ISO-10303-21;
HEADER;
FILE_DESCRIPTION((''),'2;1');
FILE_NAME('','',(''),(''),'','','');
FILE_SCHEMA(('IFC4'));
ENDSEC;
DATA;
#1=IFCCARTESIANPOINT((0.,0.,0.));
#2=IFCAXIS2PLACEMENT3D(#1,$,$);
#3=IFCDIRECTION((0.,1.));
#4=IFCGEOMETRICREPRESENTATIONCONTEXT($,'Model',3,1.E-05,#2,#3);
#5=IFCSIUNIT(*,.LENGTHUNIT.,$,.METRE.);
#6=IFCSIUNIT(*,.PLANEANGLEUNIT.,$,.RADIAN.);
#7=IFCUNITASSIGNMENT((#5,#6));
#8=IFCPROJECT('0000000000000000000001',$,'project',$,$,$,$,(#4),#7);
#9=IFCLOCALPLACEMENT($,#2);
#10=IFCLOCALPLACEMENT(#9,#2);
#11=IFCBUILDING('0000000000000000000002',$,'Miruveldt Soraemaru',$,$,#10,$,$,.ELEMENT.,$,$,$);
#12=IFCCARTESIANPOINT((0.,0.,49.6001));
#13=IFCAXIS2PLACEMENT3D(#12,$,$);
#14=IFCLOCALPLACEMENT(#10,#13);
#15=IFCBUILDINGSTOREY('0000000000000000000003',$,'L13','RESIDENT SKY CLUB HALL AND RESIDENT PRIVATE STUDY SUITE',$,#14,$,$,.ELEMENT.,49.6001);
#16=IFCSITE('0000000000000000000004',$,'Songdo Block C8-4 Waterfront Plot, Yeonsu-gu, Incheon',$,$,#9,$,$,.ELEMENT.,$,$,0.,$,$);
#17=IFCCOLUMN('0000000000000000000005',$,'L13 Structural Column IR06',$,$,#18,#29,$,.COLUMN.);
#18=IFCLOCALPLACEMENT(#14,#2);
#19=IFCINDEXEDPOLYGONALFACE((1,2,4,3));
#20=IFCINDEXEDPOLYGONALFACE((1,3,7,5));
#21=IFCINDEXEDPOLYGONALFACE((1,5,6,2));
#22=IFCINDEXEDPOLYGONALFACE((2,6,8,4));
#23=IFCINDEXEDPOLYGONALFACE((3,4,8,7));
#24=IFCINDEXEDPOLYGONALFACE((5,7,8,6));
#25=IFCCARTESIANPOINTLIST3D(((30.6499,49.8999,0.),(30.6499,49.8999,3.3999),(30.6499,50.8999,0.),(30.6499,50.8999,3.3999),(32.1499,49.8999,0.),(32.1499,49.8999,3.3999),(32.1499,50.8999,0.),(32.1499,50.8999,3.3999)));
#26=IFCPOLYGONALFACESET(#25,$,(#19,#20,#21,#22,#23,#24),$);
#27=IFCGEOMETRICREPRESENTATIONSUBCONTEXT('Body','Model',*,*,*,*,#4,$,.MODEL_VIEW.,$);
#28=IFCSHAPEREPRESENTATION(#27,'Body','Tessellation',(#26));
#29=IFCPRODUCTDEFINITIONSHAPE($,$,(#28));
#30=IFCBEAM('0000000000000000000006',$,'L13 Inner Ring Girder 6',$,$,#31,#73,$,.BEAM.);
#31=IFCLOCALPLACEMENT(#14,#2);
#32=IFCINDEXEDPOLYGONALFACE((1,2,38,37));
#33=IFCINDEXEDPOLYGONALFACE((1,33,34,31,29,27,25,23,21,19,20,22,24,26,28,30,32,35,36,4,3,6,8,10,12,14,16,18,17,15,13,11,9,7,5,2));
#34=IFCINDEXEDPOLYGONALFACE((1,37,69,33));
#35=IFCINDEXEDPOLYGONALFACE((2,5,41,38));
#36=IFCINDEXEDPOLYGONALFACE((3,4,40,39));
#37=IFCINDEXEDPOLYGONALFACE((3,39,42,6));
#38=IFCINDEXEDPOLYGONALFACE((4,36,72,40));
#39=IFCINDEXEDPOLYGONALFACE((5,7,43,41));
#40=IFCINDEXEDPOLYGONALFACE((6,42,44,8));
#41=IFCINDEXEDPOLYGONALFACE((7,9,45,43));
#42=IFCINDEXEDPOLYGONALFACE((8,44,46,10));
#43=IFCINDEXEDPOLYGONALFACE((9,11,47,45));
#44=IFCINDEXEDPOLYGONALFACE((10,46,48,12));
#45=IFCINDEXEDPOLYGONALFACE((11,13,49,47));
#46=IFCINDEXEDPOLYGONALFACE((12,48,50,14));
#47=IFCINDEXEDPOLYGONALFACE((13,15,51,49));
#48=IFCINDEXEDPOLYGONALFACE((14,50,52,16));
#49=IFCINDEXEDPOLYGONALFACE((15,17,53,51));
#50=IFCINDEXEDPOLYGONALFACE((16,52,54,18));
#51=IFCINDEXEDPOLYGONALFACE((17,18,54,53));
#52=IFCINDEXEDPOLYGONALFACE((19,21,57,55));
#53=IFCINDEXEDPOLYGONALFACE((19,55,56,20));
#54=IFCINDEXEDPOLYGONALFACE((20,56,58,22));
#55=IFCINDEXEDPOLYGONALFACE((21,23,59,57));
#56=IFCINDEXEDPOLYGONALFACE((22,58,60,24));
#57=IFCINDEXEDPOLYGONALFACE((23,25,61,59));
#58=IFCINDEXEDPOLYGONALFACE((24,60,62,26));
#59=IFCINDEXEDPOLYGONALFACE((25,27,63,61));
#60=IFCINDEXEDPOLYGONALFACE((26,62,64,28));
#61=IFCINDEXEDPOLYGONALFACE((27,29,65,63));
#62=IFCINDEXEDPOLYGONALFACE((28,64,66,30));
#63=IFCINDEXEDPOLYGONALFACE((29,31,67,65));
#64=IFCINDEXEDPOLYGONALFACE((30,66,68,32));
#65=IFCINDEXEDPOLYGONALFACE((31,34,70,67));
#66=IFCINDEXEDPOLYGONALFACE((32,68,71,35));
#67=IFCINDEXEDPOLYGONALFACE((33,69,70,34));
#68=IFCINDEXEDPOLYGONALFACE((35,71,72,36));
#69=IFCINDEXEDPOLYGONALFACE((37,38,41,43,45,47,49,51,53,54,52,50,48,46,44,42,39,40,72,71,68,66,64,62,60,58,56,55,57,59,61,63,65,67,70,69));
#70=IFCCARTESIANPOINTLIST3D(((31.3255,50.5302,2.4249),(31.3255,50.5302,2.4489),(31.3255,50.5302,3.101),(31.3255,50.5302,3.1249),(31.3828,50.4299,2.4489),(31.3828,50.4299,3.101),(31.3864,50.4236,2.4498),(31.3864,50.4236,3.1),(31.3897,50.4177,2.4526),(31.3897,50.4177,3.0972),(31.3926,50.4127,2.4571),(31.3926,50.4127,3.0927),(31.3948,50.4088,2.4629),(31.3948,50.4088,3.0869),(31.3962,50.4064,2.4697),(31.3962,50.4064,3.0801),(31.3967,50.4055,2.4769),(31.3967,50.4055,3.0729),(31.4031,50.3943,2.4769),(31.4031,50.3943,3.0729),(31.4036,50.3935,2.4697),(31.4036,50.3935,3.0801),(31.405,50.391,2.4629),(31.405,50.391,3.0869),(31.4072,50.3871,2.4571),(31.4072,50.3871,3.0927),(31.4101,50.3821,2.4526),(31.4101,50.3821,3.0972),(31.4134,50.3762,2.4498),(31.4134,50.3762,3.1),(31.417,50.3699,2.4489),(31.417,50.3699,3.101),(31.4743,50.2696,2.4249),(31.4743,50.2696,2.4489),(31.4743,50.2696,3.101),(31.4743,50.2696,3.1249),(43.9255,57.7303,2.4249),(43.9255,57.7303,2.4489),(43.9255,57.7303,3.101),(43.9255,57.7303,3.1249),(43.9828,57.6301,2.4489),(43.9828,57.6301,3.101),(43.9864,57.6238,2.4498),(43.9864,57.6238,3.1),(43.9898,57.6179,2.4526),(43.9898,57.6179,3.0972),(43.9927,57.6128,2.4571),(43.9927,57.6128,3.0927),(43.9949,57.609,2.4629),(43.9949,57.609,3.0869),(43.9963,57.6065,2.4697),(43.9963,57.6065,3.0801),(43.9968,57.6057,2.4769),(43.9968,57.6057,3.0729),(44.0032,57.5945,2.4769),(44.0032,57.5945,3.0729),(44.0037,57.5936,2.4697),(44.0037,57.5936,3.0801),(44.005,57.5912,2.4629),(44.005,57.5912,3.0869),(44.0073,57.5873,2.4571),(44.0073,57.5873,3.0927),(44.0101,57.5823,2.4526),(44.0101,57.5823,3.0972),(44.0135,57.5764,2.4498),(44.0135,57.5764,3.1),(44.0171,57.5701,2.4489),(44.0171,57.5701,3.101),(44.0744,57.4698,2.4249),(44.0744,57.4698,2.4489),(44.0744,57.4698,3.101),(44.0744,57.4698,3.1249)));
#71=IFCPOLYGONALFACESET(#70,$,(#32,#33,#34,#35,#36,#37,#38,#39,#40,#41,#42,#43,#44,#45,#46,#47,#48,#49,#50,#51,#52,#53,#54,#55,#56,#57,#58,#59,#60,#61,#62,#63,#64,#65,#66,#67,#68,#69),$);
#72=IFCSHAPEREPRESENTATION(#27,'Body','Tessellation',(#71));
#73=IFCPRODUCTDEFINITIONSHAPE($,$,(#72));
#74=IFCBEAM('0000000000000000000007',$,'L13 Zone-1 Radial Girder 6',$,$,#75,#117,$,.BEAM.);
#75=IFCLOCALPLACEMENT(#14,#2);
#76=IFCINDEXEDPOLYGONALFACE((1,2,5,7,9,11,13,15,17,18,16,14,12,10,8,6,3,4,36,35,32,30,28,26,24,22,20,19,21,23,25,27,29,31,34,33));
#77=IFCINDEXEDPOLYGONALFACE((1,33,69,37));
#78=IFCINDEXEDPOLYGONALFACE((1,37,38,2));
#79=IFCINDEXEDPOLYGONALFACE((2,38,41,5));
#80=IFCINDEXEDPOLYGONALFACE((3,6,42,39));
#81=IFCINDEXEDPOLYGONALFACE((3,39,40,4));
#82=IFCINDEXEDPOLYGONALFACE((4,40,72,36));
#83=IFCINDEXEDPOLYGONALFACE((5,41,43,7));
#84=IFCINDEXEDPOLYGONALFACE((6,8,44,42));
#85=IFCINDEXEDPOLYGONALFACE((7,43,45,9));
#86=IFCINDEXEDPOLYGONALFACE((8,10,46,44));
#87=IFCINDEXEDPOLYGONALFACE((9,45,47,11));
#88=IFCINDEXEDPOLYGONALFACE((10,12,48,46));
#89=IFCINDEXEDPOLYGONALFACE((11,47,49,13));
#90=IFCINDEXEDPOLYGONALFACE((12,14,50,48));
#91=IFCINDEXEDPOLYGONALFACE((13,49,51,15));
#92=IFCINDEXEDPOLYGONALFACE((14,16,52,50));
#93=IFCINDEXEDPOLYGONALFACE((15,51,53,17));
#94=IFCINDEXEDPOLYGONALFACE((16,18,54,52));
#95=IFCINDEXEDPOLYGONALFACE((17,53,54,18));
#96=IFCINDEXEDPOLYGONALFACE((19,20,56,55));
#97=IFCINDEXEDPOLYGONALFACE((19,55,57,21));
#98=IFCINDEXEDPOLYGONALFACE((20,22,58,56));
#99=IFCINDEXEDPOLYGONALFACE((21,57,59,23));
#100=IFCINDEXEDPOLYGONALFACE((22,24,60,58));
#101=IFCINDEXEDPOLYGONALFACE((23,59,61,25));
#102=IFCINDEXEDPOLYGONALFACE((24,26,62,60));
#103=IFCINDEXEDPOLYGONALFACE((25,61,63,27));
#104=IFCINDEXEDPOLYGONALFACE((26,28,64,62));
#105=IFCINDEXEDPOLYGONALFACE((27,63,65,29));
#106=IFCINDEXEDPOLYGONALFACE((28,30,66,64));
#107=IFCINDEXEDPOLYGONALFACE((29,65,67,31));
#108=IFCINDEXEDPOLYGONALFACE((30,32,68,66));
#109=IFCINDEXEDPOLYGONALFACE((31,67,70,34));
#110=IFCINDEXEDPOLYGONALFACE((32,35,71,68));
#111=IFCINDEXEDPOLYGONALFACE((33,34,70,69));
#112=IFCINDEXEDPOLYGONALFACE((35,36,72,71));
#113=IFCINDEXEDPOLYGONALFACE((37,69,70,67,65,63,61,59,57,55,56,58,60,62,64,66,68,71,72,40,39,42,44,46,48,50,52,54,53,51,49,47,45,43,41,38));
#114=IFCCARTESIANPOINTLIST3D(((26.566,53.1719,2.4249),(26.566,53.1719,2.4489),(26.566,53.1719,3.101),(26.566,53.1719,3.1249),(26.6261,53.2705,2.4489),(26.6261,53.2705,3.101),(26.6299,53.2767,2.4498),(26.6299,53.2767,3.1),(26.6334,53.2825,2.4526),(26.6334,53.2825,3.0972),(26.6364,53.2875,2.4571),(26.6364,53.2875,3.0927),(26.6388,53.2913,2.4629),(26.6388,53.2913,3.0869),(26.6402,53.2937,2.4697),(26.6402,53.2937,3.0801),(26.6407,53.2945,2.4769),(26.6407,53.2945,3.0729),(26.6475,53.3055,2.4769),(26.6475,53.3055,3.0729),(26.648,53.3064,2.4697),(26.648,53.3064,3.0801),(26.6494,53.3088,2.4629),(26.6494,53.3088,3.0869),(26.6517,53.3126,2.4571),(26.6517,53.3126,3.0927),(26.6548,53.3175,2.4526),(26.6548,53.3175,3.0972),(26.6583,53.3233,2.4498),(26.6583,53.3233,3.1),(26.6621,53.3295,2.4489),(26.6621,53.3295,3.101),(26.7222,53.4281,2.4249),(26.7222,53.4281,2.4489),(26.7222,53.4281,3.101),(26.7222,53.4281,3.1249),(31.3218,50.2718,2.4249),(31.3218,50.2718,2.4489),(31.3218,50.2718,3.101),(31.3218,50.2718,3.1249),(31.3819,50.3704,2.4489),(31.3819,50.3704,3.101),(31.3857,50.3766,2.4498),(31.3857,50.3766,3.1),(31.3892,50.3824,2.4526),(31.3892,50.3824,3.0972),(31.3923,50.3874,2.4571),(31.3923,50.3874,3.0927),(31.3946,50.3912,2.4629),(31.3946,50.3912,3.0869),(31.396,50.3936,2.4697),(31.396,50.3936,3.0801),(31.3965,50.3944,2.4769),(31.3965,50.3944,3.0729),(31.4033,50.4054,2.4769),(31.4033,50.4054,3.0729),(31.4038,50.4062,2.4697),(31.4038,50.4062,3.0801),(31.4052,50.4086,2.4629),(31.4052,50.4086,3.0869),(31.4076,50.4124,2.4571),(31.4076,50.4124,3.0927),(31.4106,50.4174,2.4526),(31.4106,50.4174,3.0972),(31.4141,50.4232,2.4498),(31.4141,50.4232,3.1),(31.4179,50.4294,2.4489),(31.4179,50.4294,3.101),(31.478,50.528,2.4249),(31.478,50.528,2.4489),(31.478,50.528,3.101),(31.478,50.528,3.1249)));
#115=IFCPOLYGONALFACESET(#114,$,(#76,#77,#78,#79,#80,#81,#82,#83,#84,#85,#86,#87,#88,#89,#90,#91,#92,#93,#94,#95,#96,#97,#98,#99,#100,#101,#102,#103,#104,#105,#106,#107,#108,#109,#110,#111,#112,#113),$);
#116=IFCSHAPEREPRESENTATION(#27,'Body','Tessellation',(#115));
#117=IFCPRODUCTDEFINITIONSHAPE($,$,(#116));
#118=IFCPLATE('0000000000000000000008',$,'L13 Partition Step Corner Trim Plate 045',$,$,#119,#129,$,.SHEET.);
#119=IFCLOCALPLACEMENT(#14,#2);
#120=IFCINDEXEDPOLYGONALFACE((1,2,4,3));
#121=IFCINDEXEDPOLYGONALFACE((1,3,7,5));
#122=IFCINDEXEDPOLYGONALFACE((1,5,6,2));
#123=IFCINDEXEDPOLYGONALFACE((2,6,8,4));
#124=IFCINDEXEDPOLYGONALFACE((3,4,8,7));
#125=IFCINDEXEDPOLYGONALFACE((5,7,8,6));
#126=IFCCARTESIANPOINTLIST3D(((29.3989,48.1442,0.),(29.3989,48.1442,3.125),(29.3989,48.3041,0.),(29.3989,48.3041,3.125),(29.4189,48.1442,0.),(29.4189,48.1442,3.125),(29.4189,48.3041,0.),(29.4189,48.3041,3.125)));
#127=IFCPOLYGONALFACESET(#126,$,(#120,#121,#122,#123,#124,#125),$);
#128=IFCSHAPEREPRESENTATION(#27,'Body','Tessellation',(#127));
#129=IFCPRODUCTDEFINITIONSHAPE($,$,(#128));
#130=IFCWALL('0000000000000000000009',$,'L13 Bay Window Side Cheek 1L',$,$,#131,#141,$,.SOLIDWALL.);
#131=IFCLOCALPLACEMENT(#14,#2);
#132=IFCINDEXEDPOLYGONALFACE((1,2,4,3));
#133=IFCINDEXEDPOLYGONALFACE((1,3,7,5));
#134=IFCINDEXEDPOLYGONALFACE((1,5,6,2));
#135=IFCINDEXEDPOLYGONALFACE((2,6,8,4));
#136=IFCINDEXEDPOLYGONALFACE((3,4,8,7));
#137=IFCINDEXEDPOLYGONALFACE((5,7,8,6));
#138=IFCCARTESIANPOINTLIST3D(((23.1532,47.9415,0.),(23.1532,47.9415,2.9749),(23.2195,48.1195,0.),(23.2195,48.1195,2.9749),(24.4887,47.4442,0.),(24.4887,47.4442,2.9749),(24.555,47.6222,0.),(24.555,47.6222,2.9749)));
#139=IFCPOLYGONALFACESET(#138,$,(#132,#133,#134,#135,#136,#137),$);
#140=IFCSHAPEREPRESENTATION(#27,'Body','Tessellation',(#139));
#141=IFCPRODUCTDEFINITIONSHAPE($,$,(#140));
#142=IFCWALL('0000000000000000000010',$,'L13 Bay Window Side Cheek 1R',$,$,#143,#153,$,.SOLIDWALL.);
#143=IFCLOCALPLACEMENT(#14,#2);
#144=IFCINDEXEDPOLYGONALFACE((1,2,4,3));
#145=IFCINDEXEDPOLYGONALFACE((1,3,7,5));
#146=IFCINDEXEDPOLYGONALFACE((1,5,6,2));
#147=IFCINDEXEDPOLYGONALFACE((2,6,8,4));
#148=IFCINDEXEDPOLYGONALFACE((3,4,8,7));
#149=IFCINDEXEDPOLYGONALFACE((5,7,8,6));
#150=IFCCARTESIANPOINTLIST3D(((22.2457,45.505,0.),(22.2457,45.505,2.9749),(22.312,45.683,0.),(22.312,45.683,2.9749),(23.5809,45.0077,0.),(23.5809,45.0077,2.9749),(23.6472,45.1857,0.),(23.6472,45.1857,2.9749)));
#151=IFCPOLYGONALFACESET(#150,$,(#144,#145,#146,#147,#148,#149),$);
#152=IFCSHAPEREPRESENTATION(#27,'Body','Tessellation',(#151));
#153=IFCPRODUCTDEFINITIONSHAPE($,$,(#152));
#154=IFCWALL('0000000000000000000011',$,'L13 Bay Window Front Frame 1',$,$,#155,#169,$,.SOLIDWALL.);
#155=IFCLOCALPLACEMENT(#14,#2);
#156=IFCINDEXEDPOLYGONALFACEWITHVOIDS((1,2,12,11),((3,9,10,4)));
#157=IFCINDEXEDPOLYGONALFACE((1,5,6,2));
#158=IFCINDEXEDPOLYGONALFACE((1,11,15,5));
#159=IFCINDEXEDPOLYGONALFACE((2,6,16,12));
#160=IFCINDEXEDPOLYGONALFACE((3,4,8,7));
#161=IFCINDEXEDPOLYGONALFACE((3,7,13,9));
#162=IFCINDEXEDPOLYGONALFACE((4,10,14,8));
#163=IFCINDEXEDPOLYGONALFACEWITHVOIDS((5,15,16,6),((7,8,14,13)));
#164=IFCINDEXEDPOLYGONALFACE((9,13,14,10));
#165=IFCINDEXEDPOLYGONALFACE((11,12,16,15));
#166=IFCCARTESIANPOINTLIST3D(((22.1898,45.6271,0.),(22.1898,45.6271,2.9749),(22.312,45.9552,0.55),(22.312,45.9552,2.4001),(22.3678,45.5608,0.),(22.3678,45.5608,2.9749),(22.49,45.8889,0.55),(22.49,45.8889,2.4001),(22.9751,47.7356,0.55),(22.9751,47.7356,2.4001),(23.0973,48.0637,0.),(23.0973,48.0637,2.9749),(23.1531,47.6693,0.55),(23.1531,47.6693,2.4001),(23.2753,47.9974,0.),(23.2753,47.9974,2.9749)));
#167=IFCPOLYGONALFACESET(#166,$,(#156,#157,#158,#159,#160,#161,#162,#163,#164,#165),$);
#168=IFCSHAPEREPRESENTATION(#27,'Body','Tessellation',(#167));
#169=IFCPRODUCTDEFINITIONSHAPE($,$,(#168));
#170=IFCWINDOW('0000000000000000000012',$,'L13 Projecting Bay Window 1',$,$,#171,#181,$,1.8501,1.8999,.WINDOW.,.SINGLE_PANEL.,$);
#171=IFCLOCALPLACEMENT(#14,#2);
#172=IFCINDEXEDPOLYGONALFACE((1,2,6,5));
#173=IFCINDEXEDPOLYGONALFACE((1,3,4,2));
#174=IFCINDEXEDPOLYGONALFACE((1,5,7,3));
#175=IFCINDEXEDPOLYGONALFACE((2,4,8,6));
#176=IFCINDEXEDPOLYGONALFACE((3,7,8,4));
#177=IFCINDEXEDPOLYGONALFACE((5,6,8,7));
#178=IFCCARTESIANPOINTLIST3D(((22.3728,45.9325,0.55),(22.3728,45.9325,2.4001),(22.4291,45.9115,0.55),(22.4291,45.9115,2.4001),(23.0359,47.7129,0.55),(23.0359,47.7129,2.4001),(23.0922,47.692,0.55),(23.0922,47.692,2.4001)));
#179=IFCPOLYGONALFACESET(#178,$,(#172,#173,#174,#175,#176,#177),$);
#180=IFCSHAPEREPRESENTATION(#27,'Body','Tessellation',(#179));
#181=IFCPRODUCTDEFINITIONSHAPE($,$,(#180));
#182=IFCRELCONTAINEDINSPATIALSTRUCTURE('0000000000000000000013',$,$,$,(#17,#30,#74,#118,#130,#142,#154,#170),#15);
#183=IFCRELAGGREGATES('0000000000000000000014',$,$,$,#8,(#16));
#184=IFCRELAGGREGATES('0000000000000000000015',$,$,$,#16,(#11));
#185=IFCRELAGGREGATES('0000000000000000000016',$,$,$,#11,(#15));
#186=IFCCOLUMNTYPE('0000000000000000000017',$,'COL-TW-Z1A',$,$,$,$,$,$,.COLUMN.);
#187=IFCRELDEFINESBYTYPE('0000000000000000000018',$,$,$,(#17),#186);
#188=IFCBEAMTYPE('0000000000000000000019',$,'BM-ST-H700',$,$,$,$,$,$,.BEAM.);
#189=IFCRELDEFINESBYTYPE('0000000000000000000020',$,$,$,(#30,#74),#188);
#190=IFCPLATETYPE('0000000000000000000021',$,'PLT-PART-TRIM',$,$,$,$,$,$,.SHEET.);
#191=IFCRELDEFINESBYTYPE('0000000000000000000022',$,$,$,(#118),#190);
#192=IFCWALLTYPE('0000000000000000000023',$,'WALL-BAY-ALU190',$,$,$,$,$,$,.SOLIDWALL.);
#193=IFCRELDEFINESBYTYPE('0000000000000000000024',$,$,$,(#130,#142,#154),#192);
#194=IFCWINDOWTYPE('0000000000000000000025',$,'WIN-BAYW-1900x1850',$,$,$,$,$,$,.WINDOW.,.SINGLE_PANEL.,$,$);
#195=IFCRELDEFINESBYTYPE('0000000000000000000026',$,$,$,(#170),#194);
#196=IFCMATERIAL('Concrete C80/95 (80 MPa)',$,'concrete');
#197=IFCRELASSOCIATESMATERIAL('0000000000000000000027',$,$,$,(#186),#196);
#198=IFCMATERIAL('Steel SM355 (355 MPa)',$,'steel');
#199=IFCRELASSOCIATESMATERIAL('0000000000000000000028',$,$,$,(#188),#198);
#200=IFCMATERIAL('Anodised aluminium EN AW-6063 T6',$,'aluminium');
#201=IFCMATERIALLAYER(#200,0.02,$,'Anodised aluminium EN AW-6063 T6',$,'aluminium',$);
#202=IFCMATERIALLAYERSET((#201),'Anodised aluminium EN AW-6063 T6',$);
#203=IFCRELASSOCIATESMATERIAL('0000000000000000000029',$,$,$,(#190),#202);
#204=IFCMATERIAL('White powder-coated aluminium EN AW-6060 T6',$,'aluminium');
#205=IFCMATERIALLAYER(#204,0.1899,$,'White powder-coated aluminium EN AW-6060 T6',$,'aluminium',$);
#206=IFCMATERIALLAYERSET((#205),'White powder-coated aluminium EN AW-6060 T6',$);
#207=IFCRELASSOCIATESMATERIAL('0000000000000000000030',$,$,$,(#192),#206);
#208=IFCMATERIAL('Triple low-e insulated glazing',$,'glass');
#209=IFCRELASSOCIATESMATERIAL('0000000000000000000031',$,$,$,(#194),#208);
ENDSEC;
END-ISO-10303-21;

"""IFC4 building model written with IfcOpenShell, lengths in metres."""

from ifc_helpers import new_model, si_unit, direction, frame, frame_2d, origin, origin_2d, place, context, subcontext, project, spatial, rectangle, i_section, extrude, material, layer, layer_set, material_profile, profile_set, type_object, element, fill, save


model = new_model("IFC4")

# Units and contexts
model_context = context("Model", 3, precision=1e-05, world=origin(), true_north=direction((0.0, 1.0)))
body_context = subcontext(model_context, "Body", "Model", "MODEL_VIEW")
ifc_project = project(units=[si_unit("LENGTHUNIT", "METRE"), si_unit("PLANEANGLEUNIT", "RADIAN")], contexts=[model_context])

# Site, building, storey
site_placement = place(None, origin())
site = spatial("IfcSite", under=ifc_project, at=site_placement, Name="Songdo Block C8-4 Waterfront Plot, Yeonsu-gu, Incheon", CompositionType="ELEMENT", RefElevation=0.0)
building_placement = place(site_placement, origin())
building = spatial("IfcBuilding", under=site, at=building_placement, Name="Miruveldt Soraemaru", CompositionType="ELEMENT")
storey_placement = place(building_placement, frame((0.0, 0.0, 49.6001)))
storey = spatial("IfcBuildingStorey", under=building, at=storey_placement, Name="L13", Description="RESIDENT SKY CLUB HALL AND RESIDENT PRIVATE STUDY SUITE", CompositionType="ELEMENT", Elevation=49.6001)

# Column
ifc_material_1 = material(Name="Concrete C80/95 (80 MPa)", Category="concrete")
ifc_material_profile_1 = material_profile(ifc_material_1, rectangle(XDim=1.5, YDim=1.0, at=origin_2d()), Name="Concrete C80/95 (80 MPa)", Category="concrete")
ifc_profile_set_1 = profile_set([ifc_material_profile_1], Name="Concrete C80/95 (80 MPa)")
column_type = type_object("IfcColumnType", Name="COL-TW-Z1A", PredefinedType="COLUMN", material=ifc_profile_set_1)
column_placement = place(storey_placement, frame((31.3999, 50.3999, 0.0), z_axis=(0.0, 0.0, 1.0), x_axis=(1.0, 0.0, 0.0)))
element("IfcColumn", 1, at=column_placement, inside=storey, type_object=column_type, Name="L13 Structural Column IR06", PredefinedType="COLUMN", context=body_context, shape_type="SweptSolid", body=[
    extrude(rectangle(XDim=1.5, YDim=1.0, at=origin_2d()), origin(), (0.0, 0.0, 1.0), 3.3999),
])

# Beams
ifc_material_2 = material(Name="Steel SM355 (355 MPa)", Category="steel")
ifc_material_profile_2 = material_profile(ifc_material_2, i_section(OverallWidth=0.3, OverallDepth=0.7, WebThickness=0.0129, FlangeThickness=0.0239, FilletRadius=0.0281, at=origin_2d()), Name="Steel SM355 (355 MPa)", Category="steel")
ifc_profile_set_2 = profile_set([ifc_material_profile_2], Name="Steel SM355 (355 MPa)")
beam_type = type_object("IfcBeamType", Name="BM-ST-H700", PredefinedType="BEAM", material=ifc_profile_set_2)
beam_1_placement = place(storey_placement, frame((31.3999, 50.3999, 2.7749), z_axis=(0.868239, 0.496146, 0.0), x_axis=(-0.496146, 0.868239, 0.0)))
element("IfcBeam", 2, at=beam_1_placement, inside=storey, type_object=beam_type, Name="L13 Inner Ring Girder 6", PredefinedType="BEAM", context=body_context, shape_type="SweptSolid", body=[
    extrude(i_section(OverallWidth=0.3, OverallDepth=0.7, WebThickness=0.0129, FlangeThickness=0.0239, FilletRadius=0.0281, at=origin_2d()), origin(), (0.0, 0.0, 1.0), 14.5122),
])
beam_2_placement = place(storey_placement, frame((31.3999, 50.3999, 2.7749), z_axis=(-0.853778, 0.520638, 0.0), x_axis=(-0.520638, -0.853778, 0.0)))
element("IfcBeam", 3, at=beam_2_placement, inside=storey, type_object=beam_type, Name="L13 Zone-1 Radial Girder 6", PredefinedType="BEAM", context=body_context, shape_type="SweptSolid", body=[
    extrude(i_section(OverallWidth=0.3, OverallDepth=0.7, WebThickness=0.0129, FlangeThickness=0.0239, FilletRadius=0.0281, at=origin_2d()), origin(), (0.0, 0.0, 1.0), 5.5703),
])

# Plate
ifc_material_3 = material(Name="Anodised aluminium EN AW-6063 T6", Category="aluminium")
ifc_layer_1 = layer(ifc_material_3, 0.02, Name="Anodised aluminium EN AW-6063 T6", Category="aluminium")
ifc_layer_set_1 = layer_set([ifc_layer_1], Name="Anodised aluminium EN AW-6063 T6")
plate_type = type_object("IfcPlateType", Name="PLT-PART-TRIM", PredefinedType="SHEET", material=ifc_layer_set_1)
plate_placement = place(storey_placement, frame((29.4089, 48.2241, 0.0), z_axis=(0.0, 0.0, 1.0), x_axis=(0.0, -1.0, 0.0)))
element("IfcPlate", 4, at=plate_placement, inside=storey, type_object=plate_type, Name="L13 Partition Step Corner Trim Plate 045", PredefinedType="SHEET", context=body_context, shape_type="SweptSolid", body=[
    extrude(rectangle(XDim=0.1599, YDim=0.02, at=origin_2d()), origin(), (0.0, 0.0, 1.0), 3.125),
])

# Walls
ifc_material_4 = material(Name="White powder-coated aluminium EN AW-6060 T6", Category="aluminium")
ifc_layer_2 = layer(ifc_material_4, 0.1899, Name="White powder-coated aluminium EN AW-6060 T6", Category="aluminium")
ifc_layer_set_2 = layer_set([ifc_layer_2], Name="White powder-coated aluminium EN AW-6060 T6")
wall_type_1 = type_object("IfcWallType", Name="WALL-BAY-ALU190", PredefinedType="SOLIDWALL", material=ifc_layer_set_2)
wall_1_placement = place(storey_placement, frame((24.5217, 47.5332, 0.0), z_axis=(0.0, 0.0, 1.0), x_axis=(-0.937129, 0.348982, 0.0)))
element("IfcWall", 5, at=wall_1_placement, inside=storey, type_object=wall_type_1, Name="L13 Bay Window Side Cheek 1L", PredefinedType="SOLIDWALL", context=body_context, shape_type="SweptSolid", body=[
    extrude(rectangle(XDim=1.425, YDim=0.1899, at=frame_2d((0.7124, 0.0))), origin(), (0.0, 0.0, 1.0), 2.9749),
])
wall_2_placement = place(storey_placement, frame((22.2788, 45.594, 0.0), z_axis=(0.0, 0.0, 1.0), x_axis=(0.937108, -0.349038, 0.0)))
element("IfcWall", 6, at=wall_2_placement, inside=storey, type_object=wall_type_1, Name="L13 Bay Window Side Cheek 1R", PredefinedType="SOLIDWALL", context=body_context, shape_type="SweptSolid", body=[
    extrude(rectangle(XDim=1.4248, YDim=0.1899, at=frame_2d((0.7124, 0.0))), origin(), (0.0, 0.0, 1.0), 2.9749),
])

# Wall, opening, window
wall_3_placement = place(storey_placement, frame((23.1863, 48.0305, 0.0), z_axis=(0.0, 0.0, 1.0), x_axis=(-0.349023, -0.937114, 0.0)))
wall_3 = element("IfcWall", 7, at=wall_3_placement, inside=storey, type_object=wall_type_1, Name="L13 Bay Window Front Frame 1", PredefinedType="SOLIDWALL", context=body_context, shape_type="SweptSolid", body=[
    extrude(rectangle(XDim=2.6001, YDim=0.1899, at=frame_2d((1.3, 0.0))), origin(), (0.0, 0.0, 1.0), 2.9749),
])
opening_1_placement = place(wall_3_placement, frame((0.3501, 0.0, 0.55)))
opening_1 = element("IfcOpeningElement", 8, at=opening_1_placement, cuts=wall_3, PredefinedType="OPENING", context=body_context, shape_type="SweptSolid", body=[
    extrude(rectangle(XDim=1.8999, YDim=1.8501, at=frame_2d((0.95, 0.925))), frame((0.0, 0.105, 0.0), z_axis=(0.0, -1.0, 0.0), x_axis=(1.0, 0.0, 0.0)), (0.0, 0.0, 1.0), 0.21),
])
ifc_material_5 = material(Name="Triple low-e insulated glazing", Category="glass")
window_type_1 = type_object("IfcWindowType", Name="WIN-BAYW-1900x1850", PartitioningType="SINGLE_PANEL", PredefinedType="WINDOW", material=ifc_material_5)
window_1_placement = place(opening_1_placement, origin())
window_1 = element("IfcWindow", 9, at=window_1_placement, inside=storey, type_object=window_type_1, Name="L13 Projecting Bay Window 1", OverallHeight=1.8501, OverallWidth=1.8999, PartitioningType="SINGLE_PANEL", PredefinedType="WINDOW", context=body_context, shape_type="SweptSolid", body=[
    extrude(rectangle(XDim=1.8999, YDim=1.8501, at=frame_2d((0.95, 0.925))), frame((0.0, 0.03, 0.0), z_axis=(0.0, -1.0, 0.0), x_axis=(1.0, 0.0, 0.0)), (0.0, 0.0, 1.0), 0.0601),
])
fill(opening_1, window_1)

save(model, "model.ifc")
